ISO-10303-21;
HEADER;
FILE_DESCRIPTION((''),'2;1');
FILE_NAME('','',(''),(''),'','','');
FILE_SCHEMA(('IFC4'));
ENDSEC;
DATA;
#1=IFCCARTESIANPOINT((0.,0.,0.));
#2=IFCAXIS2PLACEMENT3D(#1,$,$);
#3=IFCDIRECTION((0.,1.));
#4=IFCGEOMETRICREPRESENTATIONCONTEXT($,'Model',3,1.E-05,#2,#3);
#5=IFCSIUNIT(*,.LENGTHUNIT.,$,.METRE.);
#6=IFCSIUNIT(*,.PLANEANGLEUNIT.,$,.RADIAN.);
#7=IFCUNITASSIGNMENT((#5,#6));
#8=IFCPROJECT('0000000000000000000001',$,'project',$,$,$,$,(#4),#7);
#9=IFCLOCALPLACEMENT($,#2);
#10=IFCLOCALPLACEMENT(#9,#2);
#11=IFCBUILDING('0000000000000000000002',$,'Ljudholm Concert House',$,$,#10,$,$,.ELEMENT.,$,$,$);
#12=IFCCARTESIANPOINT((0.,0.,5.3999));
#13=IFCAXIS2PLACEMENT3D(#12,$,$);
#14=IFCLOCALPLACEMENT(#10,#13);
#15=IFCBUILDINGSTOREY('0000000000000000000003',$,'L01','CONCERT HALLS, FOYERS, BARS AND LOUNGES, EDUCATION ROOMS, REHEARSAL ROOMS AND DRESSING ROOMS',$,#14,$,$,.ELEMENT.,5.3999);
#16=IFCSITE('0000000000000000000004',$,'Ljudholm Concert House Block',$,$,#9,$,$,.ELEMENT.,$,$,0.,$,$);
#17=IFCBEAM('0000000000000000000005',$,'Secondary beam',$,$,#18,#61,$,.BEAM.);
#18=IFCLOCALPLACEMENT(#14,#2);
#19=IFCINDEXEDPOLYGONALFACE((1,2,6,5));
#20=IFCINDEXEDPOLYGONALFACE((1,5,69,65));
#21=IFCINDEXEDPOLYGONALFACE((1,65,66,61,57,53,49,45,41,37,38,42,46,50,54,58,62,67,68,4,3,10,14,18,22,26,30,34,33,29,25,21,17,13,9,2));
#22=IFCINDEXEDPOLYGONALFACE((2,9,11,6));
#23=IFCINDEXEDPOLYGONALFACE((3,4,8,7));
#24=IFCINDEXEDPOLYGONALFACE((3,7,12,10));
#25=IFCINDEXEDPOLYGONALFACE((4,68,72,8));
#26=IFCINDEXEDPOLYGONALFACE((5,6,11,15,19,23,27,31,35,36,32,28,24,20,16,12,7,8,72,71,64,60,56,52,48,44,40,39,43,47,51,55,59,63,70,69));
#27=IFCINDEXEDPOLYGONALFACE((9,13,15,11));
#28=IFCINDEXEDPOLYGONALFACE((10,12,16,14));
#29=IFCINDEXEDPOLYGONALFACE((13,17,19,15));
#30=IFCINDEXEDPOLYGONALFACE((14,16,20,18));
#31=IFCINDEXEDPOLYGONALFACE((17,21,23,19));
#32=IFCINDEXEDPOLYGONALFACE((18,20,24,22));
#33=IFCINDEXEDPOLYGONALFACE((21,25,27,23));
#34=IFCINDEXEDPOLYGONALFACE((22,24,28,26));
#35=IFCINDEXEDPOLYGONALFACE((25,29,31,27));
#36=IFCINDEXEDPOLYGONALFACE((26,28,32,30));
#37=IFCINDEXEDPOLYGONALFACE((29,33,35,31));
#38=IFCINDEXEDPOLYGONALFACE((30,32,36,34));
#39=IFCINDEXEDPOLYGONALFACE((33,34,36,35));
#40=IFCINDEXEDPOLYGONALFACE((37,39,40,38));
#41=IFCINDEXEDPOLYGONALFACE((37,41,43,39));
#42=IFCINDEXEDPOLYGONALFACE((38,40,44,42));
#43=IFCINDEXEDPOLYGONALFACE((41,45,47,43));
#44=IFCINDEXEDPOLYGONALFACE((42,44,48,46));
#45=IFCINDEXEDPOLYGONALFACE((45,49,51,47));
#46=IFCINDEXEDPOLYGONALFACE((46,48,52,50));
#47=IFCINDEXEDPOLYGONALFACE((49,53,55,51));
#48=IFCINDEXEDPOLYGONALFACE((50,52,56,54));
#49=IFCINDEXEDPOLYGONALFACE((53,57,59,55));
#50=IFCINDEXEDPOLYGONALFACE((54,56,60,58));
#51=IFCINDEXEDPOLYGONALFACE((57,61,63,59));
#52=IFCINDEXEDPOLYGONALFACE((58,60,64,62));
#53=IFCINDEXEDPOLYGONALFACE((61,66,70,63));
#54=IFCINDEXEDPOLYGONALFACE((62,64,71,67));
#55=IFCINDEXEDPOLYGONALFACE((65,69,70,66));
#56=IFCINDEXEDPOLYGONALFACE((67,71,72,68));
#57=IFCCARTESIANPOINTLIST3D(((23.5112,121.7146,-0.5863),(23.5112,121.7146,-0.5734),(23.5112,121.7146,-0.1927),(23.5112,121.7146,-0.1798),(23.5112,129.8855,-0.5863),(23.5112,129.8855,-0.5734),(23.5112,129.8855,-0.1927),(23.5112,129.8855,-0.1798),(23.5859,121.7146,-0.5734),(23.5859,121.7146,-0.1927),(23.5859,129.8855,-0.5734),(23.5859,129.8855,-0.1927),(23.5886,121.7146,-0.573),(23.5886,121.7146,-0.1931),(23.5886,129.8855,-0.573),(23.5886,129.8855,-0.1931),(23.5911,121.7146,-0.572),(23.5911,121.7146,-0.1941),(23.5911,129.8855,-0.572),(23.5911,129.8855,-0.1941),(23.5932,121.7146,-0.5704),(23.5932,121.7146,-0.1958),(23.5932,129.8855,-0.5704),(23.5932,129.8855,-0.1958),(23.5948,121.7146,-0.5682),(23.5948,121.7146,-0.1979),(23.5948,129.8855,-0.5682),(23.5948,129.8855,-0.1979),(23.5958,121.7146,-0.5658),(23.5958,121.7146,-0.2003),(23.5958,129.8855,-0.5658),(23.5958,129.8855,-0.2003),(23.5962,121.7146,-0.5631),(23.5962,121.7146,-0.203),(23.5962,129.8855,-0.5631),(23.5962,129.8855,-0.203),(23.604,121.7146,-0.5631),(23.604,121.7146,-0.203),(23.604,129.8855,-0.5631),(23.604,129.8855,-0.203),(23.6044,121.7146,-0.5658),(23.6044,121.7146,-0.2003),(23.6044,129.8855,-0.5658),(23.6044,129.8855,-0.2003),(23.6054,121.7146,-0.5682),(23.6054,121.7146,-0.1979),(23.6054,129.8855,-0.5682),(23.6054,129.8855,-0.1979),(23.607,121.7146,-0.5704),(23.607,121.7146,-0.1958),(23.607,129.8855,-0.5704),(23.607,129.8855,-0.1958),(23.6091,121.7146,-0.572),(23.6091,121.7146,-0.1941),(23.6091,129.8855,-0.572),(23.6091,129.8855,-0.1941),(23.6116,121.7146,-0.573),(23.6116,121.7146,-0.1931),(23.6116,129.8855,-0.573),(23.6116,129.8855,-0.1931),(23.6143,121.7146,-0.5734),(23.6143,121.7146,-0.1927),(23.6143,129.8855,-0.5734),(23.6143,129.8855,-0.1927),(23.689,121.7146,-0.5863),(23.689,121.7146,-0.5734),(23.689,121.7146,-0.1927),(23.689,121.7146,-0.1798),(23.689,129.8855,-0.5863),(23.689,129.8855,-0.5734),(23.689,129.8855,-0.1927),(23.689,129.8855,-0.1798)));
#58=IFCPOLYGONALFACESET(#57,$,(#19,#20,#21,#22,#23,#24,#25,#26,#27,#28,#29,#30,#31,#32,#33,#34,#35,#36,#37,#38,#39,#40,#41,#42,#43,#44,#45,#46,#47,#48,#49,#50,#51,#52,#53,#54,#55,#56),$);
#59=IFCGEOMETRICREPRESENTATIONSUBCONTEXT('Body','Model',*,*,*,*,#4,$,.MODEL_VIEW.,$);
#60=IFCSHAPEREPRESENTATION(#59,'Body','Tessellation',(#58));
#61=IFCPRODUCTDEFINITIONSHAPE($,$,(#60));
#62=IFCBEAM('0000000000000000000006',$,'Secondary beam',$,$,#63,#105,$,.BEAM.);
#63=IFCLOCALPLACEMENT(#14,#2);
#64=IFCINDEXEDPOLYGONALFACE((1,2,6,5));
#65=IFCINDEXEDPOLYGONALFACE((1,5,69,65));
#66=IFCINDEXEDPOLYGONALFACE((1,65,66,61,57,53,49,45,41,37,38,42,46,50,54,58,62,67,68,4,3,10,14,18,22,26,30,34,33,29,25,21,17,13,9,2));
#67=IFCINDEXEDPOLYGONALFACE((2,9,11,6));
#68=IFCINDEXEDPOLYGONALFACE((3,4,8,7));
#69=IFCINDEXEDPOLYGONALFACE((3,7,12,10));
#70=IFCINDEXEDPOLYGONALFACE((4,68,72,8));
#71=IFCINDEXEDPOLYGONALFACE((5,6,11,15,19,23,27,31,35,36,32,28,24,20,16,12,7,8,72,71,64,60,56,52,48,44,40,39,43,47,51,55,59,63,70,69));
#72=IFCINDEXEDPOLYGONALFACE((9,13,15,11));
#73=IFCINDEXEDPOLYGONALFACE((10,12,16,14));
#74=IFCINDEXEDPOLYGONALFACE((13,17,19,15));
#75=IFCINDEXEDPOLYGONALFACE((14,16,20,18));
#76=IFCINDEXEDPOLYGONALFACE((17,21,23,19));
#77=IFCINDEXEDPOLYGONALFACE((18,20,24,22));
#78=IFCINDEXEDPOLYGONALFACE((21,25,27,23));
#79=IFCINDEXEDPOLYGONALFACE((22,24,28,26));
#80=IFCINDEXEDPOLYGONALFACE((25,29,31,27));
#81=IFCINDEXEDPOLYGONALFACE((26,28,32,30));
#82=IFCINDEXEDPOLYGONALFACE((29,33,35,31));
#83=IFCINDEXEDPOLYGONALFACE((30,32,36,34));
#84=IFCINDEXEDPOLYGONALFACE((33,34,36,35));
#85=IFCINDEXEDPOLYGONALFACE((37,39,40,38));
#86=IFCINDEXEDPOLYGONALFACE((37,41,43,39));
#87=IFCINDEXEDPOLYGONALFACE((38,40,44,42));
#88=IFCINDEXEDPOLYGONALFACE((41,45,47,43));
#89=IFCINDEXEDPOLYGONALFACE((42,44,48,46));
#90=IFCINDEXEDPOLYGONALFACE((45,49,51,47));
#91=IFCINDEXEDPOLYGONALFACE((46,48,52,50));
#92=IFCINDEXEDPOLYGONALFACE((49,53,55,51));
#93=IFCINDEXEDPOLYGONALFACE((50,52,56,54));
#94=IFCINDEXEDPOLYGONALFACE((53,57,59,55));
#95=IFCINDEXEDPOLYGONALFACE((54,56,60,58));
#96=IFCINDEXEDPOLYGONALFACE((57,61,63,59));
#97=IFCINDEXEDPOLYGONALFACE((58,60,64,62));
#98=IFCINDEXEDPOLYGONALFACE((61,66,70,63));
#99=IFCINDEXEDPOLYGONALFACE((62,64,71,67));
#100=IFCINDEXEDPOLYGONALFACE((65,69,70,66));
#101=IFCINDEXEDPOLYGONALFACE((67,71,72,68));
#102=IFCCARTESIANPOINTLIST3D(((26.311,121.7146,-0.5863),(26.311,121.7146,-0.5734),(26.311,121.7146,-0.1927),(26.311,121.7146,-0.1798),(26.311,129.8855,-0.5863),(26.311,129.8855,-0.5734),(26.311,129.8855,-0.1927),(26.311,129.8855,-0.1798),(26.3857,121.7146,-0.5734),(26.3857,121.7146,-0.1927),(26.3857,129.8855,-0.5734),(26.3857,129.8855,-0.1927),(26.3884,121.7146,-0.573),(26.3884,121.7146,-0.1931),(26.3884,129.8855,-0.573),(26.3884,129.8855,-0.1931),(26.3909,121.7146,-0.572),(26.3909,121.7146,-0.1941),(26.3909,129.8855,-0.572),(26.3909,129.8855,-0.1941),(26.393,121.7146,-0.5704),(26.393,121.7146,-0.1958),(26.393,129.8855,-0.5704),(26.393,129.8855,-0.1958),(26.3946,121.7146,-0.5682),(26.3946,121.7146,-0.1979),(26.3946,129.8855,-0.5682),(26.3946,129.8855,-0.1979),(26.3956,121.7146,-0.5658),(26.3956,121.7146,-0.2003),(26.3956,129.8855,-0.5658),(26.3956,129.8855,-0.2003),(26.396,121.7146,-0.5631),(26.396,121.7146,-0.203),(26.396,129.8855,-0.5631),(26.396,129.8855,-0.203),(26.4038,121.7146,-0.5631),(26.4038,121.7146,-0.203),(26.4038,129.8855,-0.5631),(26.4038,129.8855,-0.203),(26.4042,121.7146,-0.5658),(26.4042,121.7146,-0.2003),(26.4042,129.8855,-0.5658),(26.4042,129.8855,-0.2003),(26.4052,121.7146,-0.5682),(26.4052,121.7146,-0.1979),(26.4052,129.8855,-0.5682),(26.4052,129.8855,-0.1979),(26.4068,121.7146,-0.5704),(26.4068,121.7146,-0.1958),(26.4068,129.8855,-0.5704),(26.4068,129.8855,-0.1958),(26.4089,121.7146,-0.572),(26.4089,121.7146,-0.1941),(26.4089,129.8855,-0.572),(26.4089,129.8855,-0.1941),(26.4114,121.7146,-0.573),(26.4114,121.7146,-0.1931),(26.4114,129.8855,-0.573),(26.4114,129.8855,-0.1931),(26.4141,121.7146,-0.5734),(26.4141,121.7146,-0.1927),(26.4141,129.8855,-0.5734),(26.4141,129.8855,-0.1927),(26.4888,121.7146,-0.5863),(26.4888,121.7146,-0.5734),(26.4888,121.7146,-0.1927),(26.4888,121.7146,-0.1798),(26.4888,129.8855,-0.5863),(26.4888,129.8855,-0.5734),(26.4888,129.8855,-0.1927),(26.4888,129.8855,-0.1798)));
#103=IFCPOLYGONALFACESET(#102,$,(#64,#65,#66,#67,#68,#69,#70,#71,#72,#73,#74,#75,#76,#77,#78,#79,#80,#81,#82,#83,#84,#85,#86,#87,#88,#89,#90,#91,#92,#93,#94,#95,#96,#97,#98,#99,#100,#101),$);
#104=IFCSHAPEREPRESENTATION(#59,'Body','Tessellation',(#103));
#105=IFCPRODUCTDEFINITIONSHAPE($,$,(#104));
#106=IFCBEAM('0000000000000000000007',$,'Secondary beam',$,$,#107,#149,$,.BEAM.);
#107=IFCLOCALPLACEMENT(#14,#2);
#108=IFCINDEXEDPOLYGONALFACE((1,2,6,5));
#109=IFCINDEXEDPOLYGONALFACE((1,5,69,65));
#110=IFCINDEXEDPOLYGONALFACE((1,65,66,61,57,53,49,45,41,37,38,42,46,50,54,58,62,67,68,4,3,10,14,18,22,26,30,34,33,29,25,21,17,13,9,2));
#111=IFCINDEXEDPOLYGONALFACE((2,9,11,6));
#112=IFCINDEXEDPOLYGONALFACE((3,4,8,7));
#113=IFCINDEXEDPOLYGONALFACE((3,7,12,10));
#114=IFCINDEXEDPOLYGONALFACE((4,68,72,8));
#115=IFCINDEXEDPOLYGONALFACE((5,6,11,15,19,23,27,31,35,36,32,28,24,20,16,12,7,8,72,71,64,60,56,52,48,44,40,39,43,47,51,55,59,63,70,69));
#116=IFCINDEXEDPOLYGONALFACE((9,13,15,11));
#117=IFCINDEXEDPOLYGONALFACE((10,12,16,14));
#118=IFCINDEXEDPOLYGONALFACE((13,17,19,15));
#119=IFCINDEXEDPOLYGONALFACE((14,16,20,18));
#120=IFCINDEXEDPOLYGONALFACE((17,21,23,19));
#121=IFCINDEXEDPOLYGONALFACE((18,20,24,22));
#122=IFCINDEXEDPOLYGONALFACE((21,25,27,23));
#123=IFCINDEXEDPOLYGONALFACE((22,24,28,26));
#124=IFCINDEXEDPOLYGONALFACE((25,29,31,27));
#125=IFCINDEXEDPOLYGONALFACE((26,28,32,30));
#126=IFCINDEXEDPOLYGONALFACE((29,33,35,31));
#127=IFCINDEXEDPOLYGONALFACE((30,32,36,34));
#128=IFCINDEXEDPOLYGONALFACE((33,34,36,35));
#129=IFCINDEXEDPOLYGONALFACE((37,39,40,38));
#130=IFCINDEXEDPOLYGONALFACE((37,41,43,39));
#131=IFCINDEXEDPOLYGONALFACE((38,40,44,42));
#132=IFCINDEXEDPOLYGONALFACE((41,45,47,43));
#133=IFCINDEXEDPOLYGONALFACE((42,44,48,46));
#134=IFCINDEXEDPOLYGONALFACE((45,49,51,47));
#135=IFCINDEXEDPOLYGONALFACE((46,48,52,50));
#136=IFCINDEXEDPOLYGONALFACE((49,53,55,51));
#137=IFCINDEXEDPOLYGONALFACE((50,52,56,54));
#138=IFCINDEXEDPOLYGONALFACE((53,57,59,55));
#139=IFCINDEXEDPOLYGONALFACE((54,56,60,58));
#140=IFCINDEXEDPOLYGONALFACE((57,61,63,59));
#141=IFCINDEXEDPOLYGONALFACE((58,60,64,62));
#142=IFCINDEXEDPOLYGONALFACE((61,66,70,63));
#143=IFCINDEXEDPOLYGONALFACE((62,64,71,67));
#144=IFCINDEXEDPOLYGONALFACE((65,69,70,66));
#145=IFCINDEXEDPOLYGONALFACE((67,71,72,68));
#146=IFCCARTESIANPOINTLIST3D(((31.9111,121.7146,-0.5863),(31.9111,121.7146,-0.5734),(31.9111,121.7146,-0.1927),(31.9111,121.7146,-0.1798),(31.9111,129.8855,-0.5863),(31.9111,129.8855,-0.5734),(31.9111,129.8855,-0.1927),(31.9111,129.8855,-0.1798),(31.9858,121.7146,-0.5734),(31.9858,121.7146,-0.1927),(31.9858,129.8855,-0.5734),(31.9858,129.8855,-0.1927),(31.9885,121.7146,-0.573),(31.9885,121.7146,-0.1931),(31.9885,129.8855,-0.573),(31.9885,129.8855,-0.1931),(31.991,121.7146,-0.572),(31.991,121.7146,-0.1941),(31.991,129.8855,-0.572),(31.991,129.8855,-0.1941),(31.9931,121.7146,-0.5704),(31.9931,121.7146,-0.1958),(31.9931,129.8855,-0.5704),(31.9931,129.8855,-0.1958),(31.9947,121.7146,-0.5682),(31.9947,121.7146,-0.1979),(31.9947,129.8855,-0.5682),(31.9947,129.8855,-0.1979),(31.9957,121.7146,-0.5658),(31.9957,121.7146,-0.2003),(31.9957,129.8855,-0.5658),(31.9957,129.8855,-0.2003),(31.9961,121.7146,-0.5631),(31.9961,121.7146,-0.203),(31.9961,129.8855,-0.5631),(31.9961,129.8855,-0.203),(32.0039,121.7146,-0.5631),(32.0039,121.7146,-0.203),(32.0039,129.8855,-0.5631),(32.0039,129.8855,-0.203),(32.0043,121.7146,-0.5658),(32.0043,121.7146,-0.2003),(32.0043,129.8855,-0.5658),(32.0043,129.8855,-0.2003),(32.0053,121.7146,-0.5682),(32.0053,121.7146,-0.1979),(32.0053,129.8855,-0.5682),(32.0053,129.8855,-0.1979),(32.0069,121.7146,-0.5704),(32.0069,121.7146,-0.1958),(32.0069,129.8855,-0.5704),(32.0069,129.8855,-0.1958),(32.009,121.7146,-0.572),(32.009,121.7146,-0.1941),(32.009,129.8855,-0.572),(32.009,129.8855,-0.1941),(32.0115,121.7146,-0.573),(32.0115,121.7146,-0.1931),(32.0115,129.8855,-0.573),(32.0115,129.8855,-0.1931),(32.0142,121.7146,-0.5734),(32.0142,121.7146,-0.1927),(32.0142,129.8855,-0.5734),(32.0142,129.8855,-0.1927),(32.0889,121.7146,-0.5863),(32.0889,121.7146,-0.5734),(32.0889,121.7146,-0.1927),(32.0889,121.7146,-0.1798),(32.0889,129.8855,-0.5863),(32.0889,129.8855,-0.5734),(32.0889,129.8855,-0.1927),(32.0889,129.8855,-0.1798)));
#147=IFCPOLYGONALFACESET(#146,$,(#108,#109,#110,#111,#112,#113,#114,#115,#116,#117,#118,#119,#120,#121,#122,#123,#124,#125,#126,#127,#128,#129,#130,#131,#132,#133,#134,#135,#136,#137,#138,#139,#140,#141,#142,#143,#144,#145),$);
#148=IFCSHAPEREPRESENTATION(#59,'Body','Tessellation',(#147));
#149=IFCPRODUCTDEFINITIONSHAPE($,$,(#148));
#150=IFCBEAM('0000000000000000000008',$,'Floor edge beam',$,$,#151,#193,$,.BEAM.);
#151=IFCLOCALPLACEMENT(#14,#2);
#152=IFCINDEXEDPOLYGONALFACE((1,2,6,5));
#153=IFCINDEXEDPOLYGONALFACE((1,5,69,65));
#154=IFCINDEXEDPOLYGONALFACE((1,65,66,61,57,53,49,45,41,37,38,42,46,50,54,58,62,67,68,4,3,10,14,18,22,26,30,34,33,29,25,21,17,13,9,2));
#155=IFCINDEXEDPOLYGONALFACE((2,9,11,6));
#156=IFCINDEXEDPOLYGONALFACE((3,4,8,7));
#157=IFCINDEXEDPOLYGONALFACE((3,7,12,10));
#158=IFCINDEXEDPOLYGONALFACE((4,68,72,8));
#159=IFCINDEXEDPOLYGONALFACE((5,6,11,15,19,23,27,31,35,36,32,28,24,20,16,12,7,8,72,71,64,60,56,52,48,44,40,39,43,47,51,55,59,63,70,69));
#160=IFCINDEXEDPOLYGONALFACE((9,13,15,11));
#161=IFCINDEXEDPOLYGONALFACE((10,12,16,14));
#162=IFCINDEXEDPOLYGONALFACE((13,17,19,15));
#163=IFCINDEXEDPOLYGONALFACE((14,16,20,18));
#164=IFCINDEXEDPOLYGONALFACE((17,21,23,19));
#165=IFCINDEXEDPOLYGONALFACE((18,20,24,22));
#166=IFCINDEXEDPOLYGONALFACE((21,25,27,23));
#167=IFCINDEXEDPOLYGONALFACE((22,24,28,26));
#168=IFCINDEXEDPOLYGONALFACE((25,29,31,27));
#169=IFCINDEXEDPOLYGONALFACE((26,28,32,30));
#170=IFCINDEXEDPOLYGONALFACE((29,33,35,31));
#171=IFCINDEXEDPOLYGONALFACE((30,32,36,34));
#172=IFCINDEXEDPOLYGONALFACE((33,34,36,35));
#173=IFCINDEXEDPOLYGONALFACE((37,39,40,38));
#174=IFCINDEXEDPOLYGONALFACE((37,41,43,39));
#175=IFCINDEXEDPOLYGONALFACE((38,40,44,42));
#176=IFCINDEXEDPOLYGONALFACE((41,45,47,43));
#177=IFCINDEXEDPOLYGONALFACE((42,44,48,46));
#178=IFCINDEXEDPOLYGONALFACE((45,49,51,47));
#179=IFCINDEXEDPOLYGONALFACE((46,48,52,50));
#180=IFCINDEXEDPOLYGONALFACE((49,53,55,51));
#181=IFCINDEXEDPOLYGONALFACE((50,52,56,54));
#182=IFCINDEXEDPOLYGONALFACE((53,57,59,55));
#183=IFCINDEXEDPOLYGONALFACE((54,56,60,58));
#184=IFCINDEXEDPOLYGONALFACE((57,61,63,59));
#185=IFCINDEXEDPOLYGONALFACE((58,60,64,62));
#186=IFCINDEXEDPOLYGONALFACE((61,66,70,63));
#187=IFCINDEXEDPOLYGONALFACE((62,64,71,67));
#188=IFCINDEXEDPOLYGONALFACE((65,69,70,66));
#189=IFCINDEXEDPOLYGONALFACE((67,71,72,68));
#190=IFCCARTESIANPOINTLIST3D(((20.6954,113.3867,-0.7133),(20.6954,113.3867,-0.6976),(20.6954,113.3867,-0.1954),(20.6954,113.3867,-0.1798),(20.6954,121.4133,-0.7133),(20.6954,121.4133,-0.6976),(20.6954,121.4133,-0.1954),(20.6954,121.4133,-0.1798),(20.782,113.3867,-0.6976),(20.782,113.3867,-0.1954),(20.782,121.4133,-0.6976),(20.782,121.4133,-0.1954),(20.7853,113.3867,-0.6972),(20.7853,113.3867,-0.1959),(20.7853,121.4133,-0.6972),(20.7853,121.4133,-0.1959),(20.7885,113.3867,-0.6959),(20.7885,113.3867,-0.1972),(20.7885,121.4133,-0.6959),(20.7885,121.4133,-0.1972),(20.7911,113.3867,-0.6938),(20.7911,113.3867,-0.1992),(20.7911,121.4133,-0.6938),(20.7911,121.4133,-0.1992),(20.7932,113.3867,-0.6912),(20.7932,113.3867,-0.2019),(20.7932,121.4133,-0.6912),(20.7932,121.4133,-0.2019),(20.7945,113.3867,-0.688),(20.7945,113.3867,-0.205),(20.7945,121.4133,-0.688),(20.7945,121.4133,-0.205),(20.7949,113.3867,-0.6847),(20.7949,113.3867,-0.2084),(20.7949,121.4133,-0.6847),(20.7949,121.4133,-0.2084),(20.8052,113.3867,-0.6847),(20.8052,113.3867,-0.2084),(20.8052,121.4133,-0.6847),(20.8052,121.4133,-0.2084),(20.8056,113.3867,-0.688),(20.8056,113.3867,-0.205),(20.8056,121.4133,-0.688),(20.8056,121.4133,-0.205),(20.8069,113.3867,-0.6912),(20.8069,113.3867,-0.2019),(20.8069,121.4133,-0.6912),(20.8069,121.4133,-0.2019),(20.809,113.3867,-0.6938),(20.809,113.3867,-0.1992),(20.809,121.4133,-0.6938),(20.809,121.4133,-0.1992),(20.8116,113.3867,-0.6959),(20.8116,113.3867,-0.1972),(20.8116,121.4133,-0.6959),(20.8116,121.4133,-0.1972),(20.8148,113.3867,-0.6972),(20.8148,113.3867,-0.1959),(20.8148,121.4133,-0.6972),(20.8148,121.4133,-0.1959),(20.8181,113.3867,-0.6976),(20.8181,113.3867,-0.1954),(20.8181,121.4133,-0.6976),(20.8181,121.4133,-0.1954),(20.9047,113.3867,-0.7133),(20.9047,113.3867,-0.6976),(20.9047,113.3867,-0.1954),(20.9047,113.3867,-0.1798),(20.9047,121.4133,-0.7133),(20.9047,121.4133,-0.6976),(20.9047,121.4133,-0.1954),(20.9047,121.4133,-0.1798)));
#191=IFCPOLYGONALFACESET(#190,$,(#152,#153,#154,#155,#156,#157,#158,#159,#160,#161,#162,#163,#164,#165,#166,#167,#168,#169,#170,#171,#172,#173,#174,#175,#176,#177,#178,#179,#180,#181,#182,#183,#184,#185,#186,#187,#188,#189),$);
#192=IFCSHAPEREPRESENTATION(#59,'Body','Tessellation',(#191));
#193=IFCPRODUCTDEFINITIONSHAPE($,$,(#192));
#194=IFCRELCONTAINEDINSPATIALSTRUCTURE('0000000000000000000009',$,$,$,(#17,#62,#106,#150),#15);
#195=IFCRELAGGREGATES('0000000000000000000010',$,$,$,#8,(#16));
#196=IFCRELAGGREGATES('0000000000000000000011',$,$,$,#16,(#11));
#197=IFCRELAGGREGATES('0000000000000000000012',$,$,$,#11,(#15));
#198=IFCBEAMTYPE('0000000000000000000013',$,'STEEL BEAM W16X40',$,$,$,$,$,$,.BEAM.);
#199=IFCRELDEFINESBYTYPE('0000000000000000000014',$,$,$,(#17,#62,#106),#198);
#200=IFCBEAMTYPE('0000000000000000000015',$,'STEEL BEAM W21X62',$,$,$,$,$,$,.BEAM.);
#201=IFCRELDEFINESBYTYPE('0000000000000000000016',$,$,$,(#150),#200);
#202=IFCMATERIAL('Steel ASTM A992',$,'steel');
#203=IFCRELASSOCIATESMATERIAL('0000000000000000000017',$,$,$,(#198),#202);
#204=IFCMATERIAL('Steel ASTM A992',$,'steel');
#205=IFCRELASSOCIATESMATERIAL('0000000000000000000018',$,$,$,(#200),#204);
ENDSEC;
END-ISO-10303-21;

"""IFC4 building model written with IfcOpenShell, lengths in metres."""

from ifc_helpers import new_model, si_unit, direction, frame, origin, origin_2d, place, context, subcontext, project, spatial, i_section, extrude, material, material_profile, profile_set, type_object, element, save


model = new_model("IFC4")

# Units and contexts
model_context = context("Model", 3, precision=1e-05, world=origin(), true_north=direction((0.0, 1.0)))
body_context = subcontext(model_context, "Body", "Model", "MODEL_VIEW")
ifc_project = project(units=[si_unit("LENGTHUNIT", "METRE"), si_unit("PLANEANGLEUNIT", "RADIAN")], contexts=[model_context])

# Site, building, storey
site_placement = place(None, origin())
site = spatial("IfcSite", under=ifc_project, at=site_placement, Name="Ljudholm Concert House Block", CompositionType="ELEMENT", RefElevation=0.0)
building_placement = place(site_placement, origin())
building = spatial("IfcBuilding", under=site, at=building_placement, Name="Ljudholm Concert House", CompositionType="ELEMENT")
storey_placement = place(building_placement, frame((0.0, 0.0, 5.3999)))
storey = spatial("IfcBuildingStorey", under=building, at=storey_placement, Name="L01", Description="CONCERT HALLS, FOYERS, BARS AND LOUNGES, EDUCATION ROOMS, REHEARSAL ROOMS AND DRESSING ROOMS", CompositionType="ELEMENT", Elevation=5.3999)

# Beams
ifc_material_1 = material(Name="Steel ASTM A992", Category="steel")
ifc_material_profile_1 = material_profile(ifc_material_1, i_section(OverallWidth=0.1777, OverallDepth=0.4065, WebThickness=0.0078, FlangeThickness=0.0129, FilletRadius=0.0103, at=origin_2d()), Name="W16X40")
ifc_profile_set_1 = profile_set([ifc_material_profile_1], Name="Steel ASTM A992")
beam_type_1 = type_object("IfcBeamType", Name="STEEL BEAM W16X40", PredefinedType="BEAM", material=ifc_profile_set_1)
for number, where, z_axis, x_axis, name in (
    (1, (23.6001, 121.7146, -0.3831), (0.0, 1.0, 0.0), (-1.0, 0.0, 0.0), "Secondary beam"),
    (2, (26.3999, 121.7146, -0.3831), (0.0, 1.0, 0.0), (-1.0, 0.0, 0.0), "Secondary beam"),
    (3, (32.0, 121.7146, -0.3831), (0.0, 1.0, 0.0), (-1.0, 0.0, 0.0), "Secondary beam"),
):
    element("IfcBeam", number, at=place(storey_placement, frame(where, z_axis=z_axis, x_axis=x_axis)), inside=storey, type_object=beam_type_1, Name=name, PredefinedType="BEAM", context=body_context, shape_type="SweptSolid", body=[
        extrude(i_section(OverallWidth=0.1777, OverallDepth=0.4065, WebThickness=0.0078, FlangeThickness=0.0129, FilletRadius=0.0103, at=origin_2d()), origin(), (0.0, 0.0, 1.0), 8.1709),
    ])
ifc_material_2 = material(Name="Steel ASTM A992", Category="steel")
ifc_material_profile_2 = material_profile(ifc_material_2, i_section(OverallWidth=0.2092, OverallDepth=0.5334, WebThickness=0.0103, FlangeThickness=0.0156, FilletRadius=0.0129, at=origin_2d()), Name="W21X62")
ifc_profile_set_2 = profile_set([ifc_material_profile_2], Name="Steel ASTM A992")
beam_type_2 = type_object("IfcBeamType", Name="STEEL BEAM W21X62", PredefinedType="BEAM", material=ifc_profile_set_2)
for number, where, z_axis, x_axis, name in (
    (4, (20.8, 113.3867, -0.4465), (0.0, 1.0, 0.0), (-1.0, 0.0, 0.0), "Floor edge beam"),
):
    element("IfcBeam", number, at=place(storey_placement, frame(where, z_axis=z_axis, x_axis=x_axis)), inside=storey, type_object=beam_type_2, Name=name, PredefinedType="BEAM", context=body_context, shape_type="SweptSolid", body=[
        extrude(i_section(OverallWidth=0.2092, OverallDepth=0.5334, WebThickness=0.0103, FlangeThickness=0.0156, FilletRadius=0.0129, at=origin_2d()), origin(), (0.0, 0.0, 1.0), 8.0266),
    ])

save(model, "model.ifc")
